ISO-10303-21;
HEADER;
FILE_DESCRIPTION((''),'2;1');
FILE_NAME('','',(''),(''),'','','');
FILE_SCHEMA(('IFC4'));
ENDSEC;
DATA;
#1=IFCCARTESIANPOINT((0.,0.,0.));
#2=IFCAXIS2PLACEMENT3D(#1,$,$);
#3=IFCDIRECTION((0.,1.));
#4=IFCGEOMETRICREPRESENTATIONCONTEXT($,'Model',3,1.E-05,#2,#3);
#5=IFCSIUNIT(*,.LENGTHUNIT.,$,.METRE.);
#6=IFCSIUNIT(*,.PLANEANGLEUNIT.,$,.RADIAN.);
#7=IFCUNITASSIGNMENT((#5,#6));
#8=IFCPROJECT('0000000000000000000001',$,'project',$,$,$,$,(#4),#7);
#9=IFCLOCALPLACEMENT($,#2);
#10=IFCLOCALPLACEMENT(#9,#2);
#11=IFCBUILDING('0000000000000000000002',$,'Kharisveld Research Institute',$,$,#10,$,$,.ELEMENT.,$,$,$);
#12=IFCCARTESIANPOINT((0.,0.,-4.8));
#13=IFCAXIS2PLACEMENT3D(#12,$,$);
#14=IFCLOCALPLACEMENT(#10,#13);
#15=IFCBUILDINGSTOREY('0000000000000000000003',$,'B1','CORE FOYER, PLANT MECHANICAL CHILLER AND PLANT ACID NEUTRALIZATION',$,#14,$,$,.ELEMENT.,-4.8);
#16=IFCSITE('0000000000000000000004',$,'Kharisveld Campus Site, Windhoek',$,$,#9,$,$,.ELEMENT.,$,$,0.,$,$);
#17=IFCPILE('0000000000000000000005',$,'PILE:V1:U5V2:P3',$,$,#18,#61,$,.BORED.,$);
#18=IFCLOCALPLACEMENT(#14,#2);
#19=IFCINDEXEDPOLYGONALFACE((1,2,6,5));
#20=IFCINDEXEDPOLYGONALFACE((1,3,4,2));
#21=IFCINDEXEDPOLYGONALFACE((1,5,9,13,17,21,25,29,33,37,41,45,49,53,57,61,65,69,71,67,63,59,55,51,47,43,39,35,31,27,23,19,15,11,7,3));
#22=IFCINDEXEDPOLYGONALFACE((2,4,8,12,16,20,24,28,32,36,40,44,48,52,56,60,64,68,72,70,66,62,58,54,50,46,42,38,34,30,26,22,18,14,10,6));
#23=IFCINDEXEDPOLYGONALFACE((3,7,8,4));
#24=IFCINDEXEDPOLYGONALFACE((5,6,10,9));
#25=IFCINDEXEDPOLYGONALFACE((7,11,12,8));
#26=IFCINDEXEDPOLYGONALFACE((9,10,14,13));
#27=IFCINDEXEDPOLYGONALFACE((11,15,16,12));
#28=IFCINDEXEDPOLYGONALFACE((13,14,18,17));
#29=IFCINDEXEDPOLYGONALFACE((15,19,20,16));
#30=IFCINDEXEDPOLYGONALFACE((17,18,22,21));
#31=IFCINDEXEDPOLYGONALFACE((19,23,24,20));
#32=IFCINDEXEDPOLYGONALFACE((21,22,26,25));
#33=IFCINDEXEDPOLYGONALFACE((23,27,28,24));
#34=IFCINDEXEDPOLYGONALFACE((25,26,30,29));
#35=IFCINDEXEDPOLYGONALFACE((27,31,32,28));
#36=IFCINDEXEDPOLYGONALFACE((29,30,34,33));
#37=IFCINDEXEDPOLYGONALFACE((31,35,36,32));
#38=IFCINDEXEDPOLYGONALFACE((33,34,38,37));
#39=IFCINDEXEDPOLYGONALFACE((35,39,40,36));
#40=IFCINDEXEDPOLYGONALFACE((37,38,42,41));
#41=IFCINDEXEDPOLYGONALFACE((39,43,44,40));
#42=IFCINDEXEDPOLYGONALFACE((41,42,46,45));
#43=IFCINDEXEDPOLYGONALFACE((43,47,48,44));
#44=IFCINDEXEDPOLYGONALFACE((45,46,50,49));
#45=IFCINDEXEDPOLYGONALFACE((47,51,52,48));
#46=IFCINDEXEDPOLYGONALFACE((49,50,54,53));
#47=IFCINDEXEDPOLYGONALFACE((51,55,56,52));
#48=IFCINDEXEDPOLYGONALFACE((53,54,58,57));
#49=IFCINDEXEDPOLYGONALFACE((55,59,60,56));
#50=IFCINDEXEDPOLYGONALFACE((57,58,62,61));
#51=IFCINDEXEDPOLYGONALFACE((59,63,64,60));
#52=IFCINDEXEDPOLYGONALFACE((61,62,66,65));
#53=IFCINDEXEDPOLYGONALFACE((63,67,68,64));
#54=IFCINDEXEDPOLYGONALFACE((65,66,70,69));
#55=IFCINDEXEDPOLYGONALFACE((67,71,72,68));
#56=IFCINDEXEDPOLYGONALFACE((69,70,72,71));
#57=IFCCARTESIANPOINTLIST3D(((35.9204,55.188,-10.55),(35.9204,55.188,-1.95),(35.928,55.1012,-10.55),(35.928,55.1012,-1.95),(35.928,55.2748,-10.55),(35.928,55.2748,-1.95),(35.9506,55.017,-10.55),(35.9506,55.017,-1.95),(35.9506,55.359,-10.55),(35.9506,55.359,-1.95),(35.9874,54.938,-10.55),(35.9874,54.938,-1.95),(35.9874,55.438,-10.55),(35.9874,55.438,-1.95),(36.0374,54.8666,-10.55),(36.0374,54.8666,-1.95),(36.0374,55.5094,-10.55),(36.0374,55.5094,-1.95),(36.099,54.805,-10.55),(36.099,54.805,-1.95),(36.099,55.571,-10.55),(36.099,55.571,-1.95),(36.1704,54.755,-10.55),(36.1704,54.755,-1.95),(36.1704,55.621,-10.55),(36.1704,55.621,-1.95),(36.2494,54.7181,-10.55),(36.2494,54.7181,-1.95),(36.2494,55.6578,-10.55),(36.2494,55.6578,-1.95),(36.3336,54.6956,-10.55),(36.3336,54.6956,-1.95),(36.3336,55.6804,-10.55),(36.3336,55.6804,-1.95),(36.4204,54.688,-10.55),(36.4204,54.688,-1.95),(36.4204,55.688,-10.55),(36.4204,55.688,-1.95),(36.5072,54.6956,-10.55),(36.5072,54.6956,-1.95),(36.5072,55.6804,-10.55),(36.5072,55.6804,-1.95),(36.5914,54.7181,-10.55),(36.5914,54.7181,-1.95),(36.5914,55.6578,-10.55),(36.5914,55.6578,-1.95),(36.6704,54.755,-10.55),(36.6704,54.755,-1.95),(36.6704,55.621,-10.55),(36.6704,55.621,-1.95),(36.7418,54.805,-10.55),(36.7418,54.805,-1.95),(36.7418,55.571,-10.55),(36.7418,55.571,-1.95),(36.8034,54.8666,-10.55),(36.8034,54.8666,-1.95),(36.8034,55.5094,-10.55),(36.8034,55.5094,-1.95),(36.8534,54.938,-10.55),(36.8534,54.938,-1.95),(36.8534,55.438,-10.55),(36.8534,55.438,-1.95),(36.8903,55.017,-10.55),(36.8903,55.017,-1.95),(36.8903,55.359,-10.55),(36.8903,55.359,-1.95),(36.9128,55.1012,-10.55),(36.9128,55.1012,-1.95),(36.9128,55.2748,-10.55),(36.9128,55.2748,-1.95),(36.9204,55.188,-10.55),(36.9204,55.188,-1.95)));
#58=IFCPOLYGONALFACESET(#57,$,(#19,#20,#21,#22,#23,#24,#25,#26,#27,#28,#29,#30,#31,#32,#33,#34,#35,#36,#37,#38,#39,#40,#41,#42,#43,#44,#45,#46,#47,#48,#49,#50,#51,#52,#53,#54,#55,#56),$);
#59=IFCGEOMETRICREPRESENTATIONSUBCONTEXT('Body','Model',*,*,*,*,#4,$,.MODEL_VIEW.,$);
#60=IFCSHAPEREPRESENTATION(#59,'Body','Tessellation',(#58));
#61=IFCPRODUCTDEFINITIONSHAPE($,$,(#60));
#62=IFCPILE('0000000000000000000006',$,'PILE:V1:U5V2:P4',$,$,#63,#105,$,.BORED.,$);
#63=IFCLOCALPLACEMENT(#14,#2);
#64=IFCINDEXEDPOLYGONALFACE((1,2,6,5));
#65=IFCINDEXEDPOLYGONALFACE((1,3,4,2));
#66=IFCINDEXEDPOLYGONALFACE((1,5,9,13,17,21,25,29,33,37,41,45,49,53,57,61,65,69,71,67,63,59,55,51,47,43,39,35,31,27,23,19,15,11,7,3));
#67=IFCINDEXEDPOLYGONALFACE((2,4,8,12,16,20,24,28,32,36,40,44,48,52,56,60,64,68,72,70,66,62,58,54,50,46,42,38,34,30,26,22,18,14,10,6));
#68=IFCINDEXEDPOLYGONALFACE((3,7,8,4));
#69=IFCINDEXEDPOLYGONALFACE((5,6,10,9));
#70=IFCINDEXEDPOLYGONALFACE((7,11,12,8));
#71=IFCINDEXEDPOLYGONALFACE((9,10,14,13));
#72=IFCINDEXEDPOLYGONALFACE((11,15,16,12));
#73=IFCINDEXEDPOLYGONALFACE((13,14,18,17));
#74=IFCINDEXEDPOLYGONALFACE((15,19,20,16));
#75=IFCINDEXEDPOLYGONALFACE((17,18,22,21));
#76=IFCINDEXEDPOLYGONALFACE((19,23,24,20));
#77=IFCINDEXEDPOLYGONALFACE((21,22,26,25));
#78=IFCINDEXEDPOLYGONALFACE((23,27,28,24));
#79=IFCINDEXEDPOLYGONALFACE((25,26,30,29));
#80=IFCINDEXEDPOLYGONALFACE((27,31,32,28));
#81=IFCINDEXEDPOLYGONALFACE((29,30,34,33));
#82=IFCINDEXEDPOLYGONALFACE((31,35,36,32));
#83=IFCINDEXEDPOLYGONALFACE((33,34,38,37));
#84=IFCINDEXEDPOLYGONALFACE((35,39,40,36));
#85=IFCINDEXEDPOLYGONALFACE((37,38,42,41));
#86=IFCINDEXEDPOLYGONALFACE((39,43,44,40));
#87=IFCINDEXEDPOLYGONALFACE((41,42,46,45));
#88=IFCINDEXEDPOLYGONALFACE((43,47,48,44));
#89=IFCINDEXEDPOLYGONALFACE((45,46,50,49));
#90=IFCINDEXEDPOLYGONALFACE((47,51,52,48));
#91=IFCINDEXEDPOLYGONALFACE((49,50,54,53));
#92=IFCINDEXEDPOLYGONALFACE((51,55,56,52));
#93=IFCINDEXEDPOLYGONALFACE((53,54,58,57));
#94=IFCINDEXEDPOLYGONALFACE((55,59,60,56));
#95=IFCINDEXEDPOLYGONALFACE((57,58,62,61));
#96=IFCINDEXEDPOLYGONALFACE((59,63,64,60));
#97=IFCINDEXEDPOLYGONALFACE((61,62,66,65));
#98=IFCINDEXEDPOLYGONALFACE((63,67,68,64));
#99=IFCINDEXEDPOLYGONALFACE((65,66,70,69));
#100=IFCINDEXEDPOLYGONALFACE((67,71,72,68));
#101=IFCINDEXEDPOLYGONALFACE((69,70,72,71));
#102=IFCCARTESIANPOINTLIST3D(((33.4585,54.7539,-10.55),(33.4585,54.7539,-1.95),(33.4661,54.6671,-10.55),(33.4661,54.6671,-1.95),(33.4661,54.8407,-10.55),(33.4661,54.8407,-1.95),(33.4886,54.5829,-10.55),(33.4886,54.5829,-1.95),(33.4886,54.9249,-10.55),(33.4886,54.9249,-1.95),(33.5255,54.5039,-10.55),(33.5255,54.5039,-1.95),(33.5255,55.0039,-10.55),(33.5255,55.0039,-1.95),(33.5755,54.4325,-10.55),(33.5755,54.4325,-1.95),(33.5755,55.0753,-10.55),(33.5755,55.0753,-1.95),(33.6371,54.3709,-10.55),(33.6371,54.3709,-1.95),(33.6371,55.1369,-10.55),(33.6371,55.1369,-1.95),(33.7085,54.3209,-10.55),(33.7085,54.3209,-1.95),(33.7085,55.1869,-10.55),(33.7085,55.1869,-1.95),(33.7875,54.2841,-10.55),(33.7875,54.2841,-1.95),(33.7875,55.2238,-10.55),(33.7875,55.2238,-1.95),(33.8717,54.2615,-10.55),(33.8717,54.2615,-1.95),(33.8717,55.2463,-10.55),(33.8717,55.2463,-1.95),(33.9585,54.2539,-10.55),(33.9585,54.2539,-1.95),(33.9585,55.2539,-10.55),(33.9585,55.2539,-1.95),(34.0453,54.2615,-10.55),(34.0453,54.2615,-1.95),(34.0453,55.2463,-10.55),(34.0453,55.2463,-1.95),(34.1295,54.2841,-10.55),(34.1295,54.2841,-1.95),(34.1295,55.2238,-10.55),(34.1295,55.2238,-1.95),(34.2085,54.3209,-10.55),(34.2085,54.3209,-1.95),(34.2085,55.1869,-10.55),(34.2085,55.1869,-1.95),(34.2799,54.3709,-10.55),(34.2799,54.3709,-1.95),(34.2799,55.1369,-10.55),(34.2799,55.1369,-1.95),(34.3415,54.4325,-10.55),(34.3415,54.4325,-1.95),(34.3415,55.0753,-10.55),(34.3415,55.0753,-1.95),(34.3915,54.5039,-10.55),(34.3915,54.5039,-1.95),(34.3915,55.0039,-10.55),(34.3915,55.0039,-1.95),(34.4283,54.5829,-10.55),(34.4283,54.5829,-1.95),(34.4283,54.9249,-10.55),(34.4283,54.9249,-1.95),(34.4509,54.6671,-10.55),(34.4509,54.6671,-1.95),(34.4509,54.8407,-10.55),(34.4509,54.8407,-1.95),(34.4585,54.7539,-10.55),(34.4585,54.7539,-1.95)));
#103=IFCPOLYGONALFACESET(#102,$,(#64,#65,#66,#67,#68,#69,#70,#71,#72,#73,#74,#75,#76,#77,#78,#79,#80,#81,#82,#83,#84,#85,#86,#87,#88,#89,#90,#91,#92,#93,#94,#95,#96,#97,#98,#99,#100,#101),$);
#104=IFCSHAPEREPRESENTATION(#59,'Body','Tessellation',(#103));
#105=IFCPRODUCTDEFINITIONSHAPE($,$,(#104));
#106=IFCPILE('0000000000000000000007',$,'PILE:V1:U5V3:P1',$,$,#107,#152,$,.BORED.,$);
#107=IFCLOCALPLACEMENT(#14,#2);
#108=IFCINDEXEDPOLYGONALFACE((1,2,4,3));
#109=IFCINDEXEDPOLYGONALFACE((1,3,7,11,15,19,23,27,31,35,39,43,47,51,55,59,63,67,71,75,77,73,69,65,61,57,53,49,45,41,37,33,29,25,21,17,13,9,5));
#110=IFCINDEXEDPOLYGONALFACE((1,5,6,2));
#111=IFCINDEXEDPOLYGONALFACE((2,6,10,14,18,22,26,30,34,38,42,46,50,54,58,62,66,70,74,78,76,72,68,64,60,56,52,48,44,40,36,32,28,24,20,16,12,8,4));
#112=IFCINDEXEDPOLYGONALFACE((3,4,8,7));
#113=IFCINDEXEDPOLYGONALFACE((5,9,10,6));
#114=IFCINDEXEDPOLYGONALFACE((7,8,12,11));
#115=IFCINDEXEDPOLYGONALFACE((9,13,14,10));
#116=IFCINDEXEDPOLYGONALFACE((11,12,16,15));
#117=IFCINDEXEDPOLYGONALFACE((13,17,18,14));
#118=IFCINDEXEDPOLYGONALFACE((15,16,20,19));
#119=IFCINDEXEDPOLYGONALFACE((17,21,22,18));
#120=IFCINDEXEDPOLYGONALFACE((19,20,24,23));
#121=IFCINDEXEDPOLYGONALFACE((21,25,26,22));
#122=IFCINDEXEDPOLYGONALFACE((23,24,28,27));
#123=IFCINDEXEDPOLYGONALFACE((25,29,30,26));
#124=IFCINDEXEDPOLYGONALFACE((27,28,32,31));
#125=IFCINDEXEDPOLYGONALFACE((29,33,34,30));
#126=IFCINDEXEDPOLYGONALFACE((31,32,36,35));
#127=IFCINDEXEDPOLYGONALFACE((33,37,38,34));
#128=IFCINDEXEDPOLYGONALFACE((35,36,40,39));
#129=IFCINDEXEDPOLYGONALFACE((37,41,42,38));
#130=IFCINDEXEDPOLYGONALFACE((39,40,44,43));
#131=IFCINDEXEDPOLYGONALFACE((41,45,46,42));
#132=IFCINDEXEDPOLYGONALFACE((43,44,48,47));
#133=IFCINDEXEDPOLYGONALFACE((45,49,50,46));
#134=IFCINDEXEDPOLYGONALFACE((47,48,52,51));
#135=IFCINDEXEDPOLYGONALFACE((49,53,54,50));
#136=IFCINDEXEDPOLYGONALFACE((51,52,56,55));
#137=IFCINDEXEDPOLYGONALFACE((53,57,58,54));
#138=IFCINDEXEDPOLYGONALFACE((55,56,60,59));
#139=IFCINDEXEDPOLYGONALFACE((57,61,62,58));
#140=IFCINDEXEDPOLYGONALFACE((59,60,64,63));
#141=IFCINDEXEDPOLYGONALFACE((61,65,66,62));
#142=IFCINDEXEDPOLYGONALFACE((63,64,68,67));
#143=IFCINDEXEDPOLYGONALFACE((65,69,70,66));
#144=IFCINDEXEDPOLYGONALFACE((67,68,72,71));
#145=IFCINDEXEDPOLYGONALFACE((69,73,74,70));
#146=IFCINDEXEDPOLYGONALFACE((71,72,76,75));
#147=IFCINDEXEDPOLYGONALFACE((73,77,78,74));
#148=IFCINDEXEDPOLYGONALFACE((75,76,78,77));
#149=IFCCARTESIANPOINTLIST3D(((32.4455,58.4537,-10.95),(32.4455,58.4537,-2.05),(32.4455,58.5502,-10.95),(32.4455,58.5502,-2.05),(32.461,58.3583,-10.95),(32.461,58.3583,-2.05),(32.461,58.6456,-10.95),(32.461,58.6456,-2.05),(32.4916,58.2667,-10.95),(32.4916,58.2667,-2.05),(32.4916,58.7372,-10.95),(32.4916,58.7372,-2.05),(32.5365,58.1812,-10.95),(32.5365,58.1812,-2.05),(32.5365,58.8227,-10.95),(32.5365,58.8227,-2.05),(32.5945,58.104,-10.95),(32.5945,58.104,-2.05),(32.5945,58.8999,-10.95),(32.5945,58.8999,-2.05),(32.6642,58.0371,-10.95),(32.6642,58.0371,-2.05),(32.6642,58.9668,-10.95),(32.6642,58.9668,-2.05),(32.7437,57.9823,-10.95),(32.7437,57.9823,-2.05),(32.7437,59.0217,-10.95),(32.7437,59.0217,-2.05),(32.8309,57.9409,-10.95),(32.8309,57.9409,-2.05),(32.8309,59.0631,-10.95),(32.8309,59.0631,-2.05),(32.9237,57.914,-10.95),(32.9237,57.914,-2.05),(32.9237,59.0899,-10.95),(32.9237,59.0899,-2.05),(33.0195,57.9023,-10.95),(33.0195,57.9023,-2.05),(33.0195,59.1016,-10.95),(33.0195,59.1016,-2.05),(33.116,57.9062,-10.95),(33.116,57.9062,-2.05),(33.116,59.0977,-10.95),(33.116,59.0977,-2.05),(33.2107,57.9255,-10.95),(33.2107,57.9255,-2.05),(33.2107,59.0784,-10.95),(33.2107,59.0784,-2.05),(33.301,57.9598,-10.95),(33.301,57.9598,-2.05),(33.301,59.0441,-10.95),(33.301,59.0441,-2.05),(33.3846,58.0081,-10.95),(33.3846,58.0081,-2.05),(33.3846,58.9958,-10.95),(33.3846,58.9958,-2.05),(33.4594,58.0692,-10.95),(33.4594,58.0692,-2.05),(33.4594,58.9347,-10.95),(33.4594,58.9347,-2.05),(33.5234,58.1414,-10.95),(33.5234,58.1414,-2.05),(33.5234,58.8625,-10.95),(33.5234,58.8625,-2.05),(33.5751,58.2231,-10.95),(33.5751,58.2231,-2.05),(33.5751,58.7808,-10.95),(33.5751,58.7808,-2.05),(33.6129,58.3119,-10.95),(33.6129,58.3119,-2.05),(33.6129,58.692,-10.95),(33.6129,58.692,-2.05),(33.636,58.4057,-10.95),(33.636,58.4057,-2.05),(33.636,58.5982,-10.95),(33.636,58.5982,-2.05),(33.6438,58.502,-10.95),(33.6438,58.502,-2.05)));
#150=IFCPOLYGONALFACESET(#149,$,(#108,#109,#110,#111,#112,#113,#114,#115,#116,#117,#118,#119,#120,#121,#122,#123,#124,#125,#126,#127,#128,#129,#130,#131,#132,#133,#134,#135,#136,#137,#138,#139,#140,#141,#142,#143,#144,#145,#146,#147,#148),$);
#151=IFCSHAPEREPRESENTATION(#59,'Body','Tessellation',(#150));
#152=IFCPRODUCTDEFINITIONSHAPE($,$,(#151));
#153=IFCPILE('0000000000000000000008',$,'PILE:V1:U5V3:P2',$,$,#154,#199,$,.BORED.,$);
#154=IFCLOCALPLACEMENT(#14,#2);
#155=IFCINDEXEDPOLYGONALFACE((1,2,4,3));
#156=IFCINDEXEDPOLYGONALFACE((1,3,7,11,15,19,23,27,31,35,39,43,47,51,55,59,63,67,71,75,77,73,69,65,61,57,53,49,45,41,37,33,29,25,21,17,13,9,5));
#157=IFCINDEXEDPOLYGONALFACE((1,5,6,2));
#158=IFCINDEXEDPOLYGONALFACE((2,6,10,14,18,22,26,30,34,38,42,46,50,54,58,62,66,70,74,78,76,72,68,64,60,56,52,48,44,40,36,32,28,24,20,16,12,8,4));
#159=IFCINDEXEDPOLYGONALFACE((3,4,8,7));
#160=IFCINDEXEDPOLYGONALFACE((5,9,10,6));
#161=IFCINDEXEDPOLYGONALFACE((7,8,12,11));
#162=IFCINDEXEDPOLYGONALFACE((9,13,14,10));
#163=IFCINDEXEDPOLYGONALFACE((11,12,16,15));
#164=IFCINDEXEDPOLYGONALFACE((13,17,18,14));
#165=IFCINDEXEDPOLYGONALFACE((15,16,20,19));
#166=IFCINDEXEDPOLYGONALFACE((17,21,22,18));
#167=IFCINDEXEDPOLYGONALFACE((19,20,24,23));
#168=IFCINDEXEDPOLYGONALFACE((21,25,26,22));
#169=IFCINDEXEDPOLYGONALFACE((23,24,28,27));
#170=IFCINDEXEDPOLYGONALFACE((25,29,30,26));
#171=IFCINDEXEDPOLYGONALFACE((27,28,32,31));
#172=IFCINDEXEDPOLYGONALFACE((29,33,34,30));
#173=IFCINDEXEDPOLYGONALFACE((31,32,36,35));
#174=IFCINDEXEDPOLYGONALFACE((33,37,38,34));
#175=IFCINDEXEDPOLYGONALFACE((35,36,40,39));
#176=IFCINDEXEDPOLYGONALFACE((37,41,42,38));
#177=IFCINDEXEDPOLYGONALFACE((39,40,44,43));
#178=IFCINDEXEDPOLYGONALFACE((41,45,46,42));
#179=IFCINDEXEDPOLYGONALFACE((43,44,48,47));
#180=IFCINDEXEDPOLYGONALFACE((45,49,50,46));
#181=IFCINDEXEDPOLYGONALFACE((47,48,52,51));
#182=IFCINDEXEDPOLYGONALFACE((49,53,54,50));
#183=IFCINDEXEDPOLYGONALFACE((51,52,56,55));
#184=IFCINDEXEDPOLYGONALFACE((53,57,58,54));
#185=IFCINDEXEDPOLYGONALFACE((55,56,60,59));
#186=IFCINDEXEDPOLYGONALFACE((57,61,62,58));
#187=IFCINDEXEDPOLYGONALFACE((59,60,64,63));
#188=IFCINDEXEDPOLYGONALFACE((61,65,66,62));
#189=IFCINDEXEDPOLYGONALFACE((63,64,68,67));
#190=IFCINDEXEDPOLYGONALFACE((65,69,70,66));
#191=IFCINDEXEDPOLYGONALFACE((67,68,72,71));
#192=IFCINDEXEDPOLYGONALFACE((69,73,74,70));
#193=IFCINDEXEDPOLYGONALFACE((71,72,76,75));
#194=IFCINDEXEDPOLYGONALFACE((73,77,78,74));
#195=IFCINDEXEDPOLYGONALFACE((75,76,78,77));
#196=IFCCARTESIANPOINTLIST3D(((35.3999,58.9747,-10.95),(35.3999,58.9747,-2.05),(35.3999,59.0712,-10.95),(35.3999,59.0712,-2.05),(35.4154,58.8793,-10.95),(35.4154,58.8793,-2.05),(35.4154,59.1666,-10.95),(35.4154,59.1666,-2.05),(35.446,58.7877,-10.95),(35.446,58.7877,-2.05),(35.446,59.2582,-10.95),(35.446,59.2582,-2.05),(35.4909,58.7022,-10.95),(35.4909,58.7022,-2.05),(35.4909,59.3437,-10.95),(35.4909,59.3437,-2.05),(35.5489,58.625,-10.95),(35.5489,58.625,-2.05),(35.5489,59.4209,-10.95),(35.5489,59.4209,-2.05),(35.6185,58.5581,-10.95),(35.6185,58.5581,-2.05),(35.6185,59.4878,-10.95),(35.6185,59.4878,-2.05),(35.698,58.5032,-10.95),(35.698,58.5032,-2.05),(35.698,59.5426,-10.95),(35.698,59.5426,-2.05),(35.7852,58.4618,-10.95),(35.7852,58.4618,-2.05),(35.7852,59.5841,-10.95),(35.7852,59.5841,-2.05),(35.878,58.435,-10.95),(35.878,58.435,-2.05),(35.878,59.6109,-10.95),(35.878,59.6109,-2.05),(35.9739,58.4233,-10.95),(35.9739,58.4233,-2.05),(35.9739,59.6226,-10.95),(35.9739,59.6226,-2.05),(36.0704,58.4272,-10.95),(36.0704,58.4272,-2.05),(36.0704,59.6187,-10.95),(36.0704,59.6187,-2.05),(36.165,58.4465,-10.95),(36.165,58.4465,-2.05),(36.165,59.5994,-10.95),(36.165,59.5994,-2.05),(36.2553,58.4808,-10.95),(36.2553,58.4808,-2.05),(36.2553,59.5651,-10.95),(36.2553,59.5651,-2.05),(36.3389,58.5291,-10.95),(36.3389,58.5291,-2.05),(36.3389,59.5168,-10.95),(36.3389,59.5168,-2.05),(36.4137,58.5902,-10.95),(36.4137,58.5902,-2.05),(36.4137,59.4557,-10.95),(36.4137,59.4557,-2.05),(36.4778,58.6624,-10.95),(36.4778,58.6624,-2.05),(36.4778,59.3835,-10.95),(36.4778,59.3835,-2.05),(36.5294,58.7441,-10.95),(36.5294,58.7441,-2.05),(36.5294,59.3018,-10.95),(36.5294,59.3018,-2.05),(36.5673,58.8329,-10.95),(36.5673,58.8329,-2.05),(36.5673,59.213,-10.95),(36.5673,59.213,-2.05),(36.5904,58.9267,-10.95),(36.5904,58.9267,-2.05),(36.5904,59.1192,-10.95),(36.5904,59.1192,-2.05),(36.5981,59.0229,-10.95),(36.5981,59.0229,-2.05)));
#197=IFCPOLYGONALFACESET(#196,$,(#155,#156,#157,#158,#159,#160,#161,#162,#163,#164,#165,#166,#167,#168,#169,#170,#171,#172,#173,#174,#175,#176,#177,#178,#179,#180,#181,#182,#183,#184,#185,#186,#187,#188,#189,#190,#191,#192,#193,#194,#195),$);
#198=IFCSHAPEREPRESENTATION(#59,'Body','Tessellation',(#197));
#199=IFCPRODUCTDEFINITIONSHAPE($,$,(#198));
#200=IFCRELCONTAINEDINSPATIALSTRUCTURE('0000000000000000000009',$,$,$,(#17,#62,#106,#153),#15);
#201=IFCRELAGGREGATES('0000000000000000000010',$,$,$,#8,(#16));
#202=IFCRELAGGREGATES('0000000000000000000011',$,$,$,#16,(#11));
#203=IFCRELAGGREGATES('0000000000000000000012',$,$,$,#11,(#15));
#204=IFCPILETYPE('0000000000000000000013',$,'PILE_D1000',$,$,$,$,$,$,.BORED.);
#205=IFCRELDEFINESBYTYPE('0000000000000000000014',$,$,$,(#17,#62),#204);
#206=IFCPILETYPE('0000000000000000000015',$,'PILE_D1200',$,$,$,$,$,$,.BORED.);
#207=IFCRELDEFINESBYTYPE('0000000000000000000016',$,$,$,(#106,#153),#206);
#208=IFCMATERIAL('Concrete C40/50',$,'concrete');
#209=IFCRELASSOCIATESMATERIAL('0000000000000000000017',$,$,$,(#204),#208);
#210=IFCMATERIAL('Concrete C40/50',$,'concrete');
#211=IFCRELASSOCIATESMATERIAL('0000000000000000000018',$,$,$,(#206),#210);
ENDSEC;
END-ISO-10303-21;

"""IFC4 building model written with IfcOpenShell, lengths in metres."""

from ifc_helpers import new_model, si_unit, direction, frame, origin, origin_2d, place, context, subcontext, project, spatial, circle, extrude, material, material_profile, profile_set, type_object, element, save


model = new_model("IFC4")

# Units and contexts
model_context = context("Model", 3, precision=1e-05, world=origin(), true_north=direction((0.0, 1.0)))
body_context = subcontext(model_context, "Body", "Model", "MODEL_VIEW")
ifc_project = project(units=[si_unit("LENGTHUNIT", "METRE"), si_unit("PLANEANGLEUNIT", "RADIAN")], contexts=[model_context])

# Site, building, storey
site_placement = place(None, origin())
site = spatial("IfcSite", under=ifc_project, at=site_placement, Name="Kharisveld Campus Site, Windhoek", CompositionType="ELEMENT", RefElevation=0.0)
building_placement = place(site_placement, origin())
building = spatial("IfcBuilding", under=site, at=building_placement, Name="Kharisveld Research Institute", CompositionType="ELEMENT")
storey_placement = place(building_placement, frame((0.0, 0.0, -4.8)))
storey = spatial("IfcBuildingStorey", under=building, at=storey_placement, Name="B1", Description="CORE FOYER, PLANT MECHANICAL CHILLER AND PLANT ACID NEUTRALIZATION", CompositionType="ELEMENT", Elevation=-4.8)

# Piles
ifc_material_1 = material(Name="Concrete C40/50", Category="concrete")
ifc_material_profile_1 = material_profile(ifc_material_1, circle(Radius=0.5, at=origin_2d()))
ifc_profile_set_1 = profile_set([ifc_material_profile_1], Name="Concrete C40/50")
pile_type_1 = type_object("IfcPileType", Name="PILE_D1000", PredefinedType="BORED", material=ifc_profile_set_1)
for number, where, z_axis, x_axis, name in (
    (1, (36.4204, 55.188, -1.95), (0.0, 0.0, -1.0), (1.0, 0.0, 0.0), "PILE:V1:U5V2:P3"),
    (2, (33.9585, 54.7539, -1.95), (0.0, 0.0, -1.0), (1.0, 0.0, 0.0), "PILE:V1:U5V2:P4"),
):
    element("IfcPile", number, at=place(storey_placement, frame(where, z_axis=z_axis, x_axis=x_axis)), inside=storey, type_object=pile_type_1, Name=name, PredefinedType="BORED", context=body_context, shape_type="SweptSolid", body=[
        extrude(circle(Radius=0.5, at=origin_2d()), origin(), (0.0, 0.0, 1.0), 8.6001),
    ])
ifc_material_2 = material(Name="Concrete C40/50", Category="concrete")
ifc_material_profile_2 = material_profile(ifc_material_2, circle(Radius=0.6001, at=origin_2d()))
ifc_profile_set_2 = profile_set([ifc_material_profile_2], Name="Concrete C40/50")
pile_type_2 = type_object("IfcPileType", Name="PILE_D1200", PredefinedType="BORED", material=ifc_profile_set_2)
for number, where, z_axis, x_axis, name in (
    (3, (33.0437, 58.502, -2.05), (0.0, 0.0, -1.0), (1.0, 0.0, 0.0), "PILE:V1:U5V3:P1"),
    (4, (35.998, 59.0229, -2.05), (0.0, 0.0, -1.0), (1.0, 0.0, 0.0), "PILE:V1:U5V3:P2"),
):
    element("IfcPile", number, at=place(storey_placement, frame(where, z_axis=z_axis, x_axis=x_axis)), inside=storey, type_object=pile_type_2, Name=name, PredefinedType="BORED", context=body_context, shape_type="SweptSolid", body=[
        extrude(circle(Radius=0.6001, at=origin_2d()), origin(), (0.0, 0.0, 1.0), 8.8999),
    ])

save(model, "model.ifc")
